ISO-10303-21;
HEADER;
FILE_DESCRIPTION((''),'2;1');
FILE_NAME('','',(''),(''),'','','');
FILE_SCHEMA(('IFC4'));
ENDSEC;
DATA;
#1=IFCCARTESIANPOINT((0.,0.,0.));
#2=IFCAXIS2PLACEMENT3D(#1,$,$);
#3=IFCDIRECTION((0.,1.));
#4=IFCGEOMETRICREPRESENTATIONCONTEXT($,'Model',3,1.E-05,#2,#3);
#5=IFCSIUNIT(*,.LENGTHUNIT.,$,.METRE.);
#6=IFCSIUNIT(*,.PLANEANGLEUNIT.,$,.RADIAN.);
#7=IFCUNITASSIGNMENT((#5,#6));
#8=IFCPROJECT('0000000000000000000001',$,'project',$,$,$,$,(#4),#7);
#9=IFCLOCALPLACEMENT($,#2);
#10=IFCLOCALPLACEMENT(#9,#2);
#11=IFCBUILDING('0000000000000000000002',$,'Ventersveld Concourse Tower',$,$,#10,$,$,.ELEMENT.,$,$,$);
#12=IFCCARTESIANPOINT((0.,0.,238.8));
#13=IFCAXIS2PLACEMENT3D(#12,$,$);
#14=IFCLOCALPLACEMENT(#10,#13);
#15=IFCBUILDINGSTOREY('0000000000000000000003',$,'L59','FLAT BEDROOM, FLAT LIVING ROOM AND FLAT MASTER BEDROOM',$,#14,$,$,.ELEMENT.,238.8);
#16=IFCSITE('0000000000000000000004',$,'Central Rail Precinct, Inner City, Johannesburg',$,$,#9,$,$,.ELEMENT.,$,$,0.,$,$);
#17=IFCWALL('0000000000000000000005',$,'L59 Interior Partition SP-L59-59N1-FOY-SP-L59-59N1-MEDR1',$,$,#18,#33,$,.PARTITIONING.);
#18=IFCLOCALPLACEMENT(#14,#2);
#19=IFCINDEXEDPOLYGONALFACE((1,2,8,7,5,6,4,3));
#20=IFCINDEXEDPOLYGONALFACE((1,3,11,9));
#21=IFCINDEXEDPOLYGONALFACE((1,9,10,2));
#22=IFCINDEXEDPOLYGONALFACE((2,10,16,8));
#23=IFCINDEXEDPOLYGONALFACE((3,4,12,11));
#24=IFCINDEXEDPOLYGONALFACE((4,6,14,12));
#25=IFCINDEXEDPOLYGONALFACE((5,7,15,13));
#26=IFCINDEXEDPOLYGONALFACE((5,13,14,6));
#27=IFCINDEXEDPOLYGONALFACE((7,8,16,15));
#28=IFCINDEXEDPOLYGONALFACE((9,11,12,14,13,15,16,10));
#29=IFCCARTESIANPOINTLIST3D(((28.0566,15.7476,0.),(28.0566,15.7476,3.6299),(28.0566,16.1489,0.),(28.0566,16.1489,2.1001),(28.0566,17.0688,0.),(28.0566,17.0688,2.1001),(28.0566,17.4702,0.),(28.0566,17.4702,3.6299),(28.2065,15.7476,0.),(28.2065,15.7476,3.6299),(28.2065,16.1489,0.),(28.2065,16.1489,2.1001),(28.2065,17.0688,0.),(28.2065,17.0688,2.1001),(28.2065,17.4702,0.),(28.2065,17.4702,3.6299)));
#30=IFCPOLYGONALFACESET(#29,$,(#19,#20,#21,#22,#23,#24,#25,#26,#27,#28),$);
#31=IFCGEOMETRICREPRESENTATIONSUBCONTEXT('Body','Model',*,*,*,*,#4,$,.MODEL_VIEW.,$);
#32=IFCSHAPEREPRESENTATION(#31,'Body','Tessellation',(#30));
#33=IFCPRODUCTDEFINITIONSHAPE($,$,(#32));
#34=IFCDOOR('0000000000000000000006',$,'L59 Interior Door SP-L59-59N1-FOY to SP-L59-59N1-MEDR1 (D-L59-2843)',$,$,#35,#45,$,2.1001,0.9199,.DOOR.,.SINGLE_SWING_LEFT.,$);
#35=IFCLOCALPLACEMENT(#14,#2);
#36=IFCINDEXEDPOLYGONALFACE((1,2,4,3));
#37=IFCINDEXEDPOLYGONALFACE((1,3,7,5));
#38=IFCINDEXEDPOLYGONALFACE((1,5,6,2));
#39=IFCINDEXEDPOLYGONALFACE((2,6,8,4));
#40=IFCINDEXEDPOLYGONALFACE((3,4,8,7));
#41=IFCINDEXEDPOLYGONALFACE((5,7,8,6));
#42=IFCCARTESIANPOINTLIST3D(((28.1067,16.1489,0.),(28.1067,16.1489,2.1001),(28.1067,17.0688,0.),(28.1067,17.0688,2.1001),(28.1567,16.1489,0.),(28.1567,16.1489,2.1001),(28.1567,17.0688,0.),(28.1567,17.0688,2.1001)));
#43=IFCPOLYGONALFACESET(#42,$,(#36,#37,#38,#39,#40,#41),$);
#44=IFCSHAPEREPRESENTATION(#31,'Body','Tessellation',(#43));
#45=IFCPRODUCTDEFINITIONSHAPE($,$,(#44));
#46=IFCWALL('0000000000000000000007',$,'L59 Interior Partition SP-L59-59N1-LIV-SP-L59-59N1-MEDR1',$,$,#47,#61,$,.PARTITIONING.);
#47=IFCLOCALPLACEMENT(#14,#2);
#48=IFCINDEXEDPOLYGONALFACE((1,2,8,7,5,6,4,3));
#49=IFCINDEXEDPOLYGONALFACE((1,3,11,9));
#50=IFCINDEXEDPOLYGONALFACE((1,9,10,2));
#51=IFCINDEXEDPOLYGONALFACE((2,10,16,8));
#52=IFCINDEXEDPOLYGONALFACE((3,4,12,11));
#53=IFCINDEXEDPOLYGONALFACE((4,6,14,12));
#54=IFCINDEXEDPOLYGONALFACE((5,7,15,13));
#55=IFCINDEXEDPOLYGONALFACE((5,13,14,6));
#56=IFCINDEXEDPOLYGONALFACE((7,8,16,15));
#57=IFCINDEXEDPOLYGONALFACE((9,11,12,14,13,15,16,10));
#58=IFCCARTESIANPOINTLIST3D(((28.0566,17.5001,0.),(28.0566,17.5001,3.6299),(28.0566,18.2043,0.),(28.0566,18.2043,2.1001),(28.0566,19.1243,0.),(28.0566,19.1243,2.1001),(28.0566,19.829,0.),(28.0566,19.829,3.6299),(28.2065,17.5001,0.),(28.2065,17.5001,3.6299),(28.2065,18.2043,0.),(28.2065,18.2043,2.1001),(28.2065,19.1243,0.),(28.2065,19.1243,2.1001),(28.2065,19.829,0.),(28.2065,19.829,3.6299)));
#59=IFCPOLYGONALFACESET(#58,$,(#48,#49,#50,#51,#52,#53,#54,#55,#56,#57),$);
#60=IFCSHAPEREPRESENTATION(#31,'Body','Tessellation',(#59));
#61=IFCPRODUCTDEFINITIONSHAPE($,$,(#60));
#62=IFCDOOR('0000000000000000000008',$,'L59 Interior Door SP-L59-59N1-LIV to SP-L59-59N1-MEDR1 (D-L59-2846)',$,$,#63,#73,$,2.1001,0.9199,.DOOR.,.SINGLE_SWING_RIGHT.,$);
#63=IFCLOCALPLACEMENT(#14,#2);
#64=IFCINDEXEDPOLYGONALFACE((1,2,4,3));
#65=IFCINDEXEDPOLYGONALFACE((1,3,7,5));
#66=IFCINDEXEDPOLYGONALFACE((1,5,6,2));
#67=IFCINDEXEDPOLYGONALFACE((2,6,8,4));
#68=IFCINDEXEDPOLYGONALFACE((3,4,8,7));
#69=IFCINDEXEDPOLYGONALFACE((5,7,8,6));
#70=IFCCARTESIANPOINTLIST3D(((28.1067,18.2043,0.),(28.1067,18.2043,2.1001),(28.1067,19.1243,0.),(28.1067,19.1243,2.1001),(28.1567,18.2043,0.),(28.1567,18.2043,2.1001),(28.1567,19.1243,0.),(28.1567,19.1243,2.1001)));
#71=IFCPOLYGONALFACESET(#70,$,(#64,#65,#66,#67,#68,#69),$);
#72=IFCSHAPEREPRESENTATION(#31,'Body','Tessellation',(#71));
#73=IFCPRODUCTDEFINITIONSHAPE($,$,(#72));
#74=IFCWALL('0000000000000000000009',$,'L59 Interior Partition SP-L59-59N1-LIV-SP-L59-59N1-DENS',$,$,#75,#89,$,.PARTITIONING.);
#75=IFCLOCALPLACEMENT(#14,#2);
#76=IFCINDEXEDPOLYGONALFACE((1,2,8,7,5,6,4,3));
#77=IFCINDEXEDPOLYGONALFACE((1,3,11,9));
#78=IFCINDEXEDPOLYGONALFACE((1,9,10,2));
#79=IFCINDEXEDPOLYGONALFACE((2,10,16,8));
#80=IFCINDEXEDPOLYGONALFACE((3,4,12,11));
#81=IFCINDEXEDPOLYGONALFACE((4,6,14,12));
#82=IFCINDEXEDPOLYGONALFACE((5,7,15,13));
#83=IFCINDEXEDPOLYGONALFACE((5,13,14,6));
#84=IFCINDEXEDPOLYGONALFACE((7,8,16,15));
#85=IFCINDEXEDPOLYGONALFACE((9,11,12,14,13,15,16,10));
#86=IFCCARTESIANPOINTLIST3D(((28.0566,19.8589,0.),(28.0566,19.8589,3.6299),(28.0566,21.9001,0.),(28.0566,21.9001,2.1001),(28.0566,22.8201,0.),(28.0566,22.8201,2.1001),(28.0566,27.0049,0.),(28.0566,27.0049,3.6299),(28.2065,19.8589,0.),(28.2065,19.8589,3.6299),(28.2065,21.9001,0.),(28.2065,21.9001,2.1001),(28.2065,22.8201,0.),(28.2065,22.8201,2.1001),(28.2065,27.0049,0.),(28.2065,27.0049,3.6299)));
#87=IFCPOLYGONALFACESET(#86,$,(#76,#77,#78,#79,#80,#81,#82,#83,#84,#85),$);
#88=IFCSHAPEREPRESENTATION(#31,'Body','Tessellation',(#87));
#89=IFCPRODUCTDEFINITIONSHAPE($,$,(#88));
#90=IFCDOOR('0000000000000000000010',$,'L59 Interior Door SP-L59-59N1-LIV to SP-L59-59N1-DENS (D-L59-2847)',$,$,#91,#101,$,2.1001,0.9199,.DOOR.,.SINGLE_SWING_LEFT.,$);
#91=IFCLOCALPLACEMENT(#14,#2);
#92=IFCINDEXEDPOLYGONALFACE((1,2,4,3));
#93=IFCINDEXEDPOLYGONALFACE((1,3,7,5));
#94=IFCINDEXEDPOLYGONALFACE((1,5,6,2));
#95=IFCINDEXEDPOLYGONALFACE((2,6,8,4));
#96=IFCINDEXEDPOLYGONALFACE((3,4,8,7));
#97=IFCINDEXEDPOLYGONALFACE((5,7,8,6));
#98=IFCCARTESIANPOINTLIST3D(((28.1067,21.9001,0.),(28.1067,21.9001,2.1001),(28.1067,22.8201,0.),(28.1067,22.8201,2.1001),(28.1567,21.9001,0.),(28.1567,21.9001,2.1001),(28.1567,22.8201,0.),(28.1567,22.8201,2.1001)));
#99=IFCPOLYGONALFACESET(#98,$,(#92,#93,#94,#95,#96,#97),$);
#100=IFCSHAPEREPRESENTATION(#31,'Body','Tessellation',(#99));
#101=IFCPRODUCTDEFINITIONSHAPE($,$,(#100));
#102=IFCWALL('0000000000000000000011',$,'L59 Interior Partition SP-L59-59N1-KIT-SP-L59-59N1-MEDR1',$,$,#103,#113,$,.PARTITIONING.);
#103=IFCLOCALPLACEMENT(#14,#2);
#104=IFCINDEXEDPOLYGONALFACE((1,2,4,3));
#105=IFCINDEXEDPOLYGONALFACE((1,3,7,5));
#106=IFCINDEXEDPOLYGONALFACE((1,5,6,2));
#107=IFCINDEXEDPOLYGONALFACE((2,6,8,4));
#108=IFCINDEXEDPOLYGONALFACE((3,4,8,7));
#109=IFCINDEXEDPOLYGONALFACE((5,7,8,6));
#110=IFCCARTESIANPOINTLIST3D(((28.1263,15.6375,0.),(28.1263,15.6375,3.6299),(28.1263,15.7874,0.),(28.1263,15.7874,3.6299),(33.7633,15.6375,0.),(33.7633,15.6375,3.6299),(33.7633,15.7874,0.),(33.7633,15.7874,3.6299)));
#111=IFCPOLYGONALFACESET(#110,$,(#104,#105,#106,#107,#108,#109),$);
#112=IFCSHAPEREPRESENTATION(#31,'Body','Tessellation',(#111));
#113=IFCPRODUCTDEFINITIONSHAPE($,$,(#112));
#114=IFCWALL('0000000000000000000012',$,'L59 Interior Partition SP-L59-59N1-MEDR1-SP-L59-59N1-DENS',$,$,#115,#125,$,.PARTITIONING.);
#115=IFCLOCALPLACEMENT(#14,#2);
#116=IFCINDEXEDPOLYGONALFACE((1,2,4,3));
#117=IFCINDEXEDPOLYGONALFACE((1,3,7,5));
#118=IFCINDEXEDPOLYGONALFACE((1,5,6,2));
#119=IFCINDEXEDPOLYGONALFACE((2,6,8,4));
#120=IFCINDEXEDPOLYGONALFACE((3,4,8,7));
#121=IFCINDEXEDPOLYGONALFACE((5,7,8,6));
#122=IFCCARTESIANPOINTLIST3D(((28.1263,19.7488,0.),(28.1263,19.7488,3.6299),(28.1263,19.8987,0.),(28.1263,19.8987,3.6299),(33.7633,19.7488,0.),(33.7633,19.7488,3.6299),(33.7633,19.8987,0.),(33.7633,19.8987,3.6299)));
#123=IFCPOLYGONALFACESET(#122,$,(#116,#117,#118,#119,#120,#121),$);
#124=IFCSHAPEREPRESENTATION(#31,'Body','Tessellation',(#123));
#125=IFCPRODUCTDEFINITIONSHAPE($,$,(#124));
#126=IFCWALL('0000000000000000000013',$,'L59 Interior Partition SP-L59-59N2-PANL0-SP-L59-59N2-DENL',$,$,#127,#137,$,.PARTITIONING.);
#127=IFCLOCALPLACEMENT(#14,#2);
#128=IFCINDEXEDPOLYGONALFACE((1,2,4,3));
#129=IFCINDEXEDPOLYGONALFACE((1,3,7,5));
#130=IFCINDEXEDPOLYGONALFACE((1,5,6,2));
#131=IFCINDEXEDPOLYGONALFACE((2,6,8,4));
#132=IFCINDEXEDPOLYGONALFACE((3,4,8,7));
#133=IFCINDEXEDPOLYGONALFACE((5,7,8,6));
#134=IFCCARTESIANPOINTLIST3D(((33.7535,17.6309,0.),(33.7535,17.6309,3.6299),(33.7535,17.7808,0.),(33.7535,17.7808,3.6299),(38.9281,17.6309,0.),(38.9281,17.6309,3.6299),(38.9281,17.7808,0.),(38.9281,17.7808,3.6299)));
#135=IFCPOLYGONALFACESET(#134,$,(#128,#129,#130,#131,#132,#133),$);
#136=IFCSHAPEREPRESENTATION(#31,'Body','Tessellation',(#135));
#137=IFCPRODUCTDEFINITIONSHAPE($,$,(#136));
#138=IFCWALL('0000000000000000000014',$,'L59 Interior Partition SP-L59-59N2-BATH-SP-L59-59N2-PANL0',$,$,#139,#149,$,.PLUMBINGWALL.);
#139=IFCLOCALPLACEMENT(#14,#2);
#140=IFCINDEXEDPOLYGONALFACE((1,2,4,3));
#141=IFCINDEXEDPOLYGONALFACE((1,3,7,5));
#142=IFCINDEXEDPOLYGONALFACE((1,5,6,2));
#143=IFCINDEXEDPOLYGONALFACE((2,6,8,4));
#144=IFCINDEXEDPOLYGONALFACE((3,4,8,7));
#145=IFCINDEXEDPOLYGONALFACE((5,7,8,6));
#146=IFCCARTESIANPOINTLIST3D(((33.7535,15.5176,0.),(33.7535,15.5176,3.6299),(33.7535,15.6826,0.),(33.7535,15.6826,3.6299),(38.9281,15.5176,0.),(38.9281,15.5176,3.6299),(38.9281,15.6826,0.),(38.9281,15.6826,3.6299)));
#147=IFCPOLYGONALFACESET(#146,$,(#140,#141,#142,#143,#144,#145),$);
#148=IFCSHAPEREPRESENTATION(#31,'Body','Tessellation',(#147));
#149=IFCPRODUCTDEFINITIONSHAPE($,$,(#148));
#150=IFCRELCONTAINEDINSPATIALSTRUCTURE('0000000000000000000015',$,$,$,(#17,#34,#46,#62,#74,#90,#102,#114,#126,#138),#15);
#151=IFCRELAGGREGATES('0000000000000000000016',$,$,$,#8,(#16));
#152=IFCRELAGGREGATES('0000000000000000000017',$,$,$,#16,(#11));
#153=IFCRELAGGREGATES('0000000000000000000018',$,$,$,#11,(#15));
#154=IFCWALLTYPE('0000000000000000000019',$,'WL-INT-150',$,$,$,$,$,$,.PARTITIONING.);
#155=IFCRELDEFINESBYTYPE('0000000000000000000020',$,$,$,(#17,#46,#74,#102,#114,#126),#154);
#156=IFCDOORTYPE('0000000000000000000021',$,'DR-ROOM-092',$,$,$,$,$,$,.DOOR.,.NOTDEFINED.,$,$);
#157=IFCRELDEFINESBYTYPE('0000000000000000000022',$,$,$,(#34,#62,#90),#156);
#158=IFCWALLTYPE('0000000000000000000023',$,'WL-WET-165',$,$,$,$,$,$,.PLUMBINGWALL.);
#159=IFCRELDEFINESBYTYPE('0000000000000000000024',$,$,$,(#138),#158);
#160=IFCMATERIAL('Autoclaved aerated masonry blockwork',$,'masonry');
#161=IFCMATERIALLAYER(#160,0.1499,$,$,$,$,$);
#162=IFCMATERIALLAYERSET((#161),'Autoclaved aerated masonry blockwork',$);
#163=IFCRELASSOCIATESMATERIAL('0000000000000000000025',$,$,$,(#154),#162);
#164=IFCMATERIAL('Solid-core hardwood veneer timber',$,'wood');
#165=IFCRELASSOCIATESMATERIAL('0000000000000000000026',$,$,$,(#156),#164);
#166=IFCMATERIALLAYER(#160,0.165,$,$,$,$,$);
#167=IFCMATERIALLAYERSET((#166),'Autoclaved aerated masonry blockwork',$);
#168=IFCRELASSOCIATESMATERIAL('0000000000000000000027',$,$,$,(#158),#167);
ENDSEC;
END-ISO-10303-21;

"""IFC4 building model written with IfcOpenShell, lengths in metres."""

from ifc_helpers import new_model, si_unit, direction, frame, frame_2d, origin, place, context, subcontext, project, spatial, rectangle, extrude, material, layer, layer_set, type_object, element, fill, save


model = new_model("IFC4")

# Units and contexts
model_context = context("Model", 3, precision=1e-05, world=origin(), true_north=direction((0.0, 1.0)))
body_context = subcontext(model_context, "Body", "Model", "MODEL_VIEW")
ifc_project = project(units=[si_unit("LENGTHUNIT", "METRE"), si_unit("PLANEANGLEUNIT", "RADIAN")], contexts=[model_context])

# Site, building, storey
site_placement = place(None, origin())
site = spatial("IfcSite", under=ifc_project, at=site_placement, Name="Central Rail Precinct, Inner City, Johannesburg", CompositionType="ELEMENT", RefElevation=0.0)
building_placement = place(site_placement, origin())
building = spatial("IfcBuilding", under=site, at=building_placement, Name="Ventersveld Concourse Tower", CompositionType="ELEMENT")
storey_placement = place(building_placement, frame((0.0, 0.0, 238.8)))
storey = spatial("IfcBuildingStorey", under=building, at=storey_placement, Name="L59", Description="FLAT BEDROOM, FLAT LIVING ROOM AND FLAT MASTER BEDROOM", CompositionType="ELEMENT", Elevation=238.8)

# Walls, openings, doors
ifc_material_1 = material(Name="Autoclaved aerated masonry blockwork", Category="masonry")
ifc_layer_1 = layer(ifc_material_1, 0.1499)
ifc_layer_set_1 = layer_set([ifc_layer_1], Name="Autoclaved aerated masonry blockwork")
wall_type_1 = type_object("IfcWallType", Name="WL-INT-150", PredefinedType="PARTITIONING", material=ifc_layer_set_1)
ifc_material_2 = material(Name="Solid-core hardwood veneer timber", Category="wood")
door_type = type_object("IfcDoorType", Name="DR-ROOM-092", OperationType="NOTDEFINED", PredefinedType="DOOR", material=ifc_material_2)
wall_1_placement = place(storey_placement, frame((28.1316, 15.7476, 0.0), z_axis=(0.0, 0.0, 1.0), x_axis=(0.0, 1.0, 0.0)))
wall_1 = element("IfcWall", 1, at=wall_1_placement, inside=storey, type_object=wall_type_1, Name="L59 Interior Partition SP-L59-59N1-FOY-SP-L59-59N1-MEDR1", PredefinedType="PARTITIONING", context=body_context, shape_type="SweptSolid", body=[
    extrude(rectangle(XDim=1.7227, YDim=0.1499, at=frame_2d((0.8613, 0.0))), origin(), (0.0, 0.0, 1.0), 3.6299),
])
opening_1_placement = place(wall_1_placement, frame((0.4014, 0.0, 0.0)))
opening_1 = element("IfcOpeningElement", 2, at=opening_1_placement, cuts=wall_1, PredefinedType="OPENING", context=body_context, shape_type="SweptSolid", body=[
    extrude(rectangle(XDim=0.9199, YDim=2.1001, at=frame_2d((0.46, 1.05))), frame((0.0, 0.085, 0.0), z_axis=(0.0, -1.0, 0.0), x_axis=(1.0, 0.0, 0.0)), (0.0, 0.0, 1.0), 0.1699),
])
door_1_placement = place(opening_1_placement, origin())
door_1 = element("IfcDoor", 3, at=door_1_placement, inside=storey, type_object=door_type, Name="L59 Interior Door SP-L59-59N1-FOY to SP-L59-59N1-MEDR1 (D-L59-2843)", OperationType="SINGLE_SWING_LEFT", OverallHeight=2.1001, OverallWidth=0.9199, PredefinedType="DOOR", context=body_context, shape_type="SweptSolid", body=[
    extrude(rectangle(XDim=0.9199, YDim=2.1001, at=frame_2d((0.46, 1.05))), frame((0.0, 0.0249, 0.0), z_axis=(0.0, -1.0, 0.0), x_axis=(1.0, 0.0, 0.0)), (0.0, 0.0, 1.0), 0.05),
])
fill(opening_1, door_1)
wall_2_placement = place(storey_placement, frame((28.1316, 17.5, 0.0), z_axis=(0.0, 0.0, 1.0), x_axis=(0.0, 1.0, 0.0)))
wall_2 = element("IfcWall", 4, at=wall_2_placement, inside=storey, type_object=wall_type_1, Name="L59 Interior Partition SP-L59-59N1-LIV-SP-L59-59N1-MEDR1", PredefinedType="PARTITIONING", context=body_context, shape_type="SweptSolid", body=[
    extrude(rectangle(XDim=2.3289, YDim=0.1499, at=frame_2d((1.1646, 0.0))), origin(), (0.0, 0.0, 1.0), 3.6299),
])
opening_2_placement = place(wall_2_placement, frame((0.7043, 0.0, 0.0)))
opening_2 = element("IfcOpeningElement", 5, at=opening_2_placement, cuts=wall_2, PredefinedType="OPENING", context=body_context, shape_type="SweptSolid", body=[
    extrude(rectangle(XDim=0.9199, YDim=2.1001, at=frame_2d((0.46, 1.05))), frame((0.0, 0.085, 0.0), z_axis=(0.0, -1.0, 0.0), x_axis=(1.0, 0.0, 0.0)), (0.0, 0.0, 1.0), 0.1699),
])
door_2_placement = place(opening_2_placement, origin())
door_2 = element("IfcDoor", 6, at=door_2_placement, inside=storey, type_object=door_type, Name="L59 Interior Door SP-L59-59N1-LIV to SP-L59-59N1-MEDR1 (D-L59-2846)", OperationType="SINGLE_SWING_RIGHT", OverallHeight=2.1001, OverallWidth=0.9199, PredefinedType="DOOR", context=body_context, shape_type="SweptSolid", body=[
    extrude(rectangle(XDim=0.9199, YDim=2.1001, at=frame_2d((0.46, 1.05))), frame((0.0, 0.0249, 0.0), z_axis=(0.0, -1.0, 0.0), x_axis=(1.0, 0.0, 0.0)), (0.0, 0.0, 1.0), 0.05),
])
fill(opening_2, door_2)
wall_3_placement = place(storey_placement, frame((28.1316, 19.8589, 0.0), z_axis=(0.0, 0.0, 1.0), x_axis=(0.0, 1.0, 0.0)))
wall_3 = element("IfcWall", 7, at=wall_3_placement, inside=storey, type_object=wall_type_1, Name="L59 Interior Partition SP-L59-59N1-LIV-SP-L59-59N1-DENS", PredefinedType="PARTITIONING", context=body_context, shape_type="SweptSolid", body=[
    extrude(rectangle(XDim=7.146, YDim=0.1499, at=frame_2d((3.573, 0.0))), origin(), (0.0, 0.0, 1.0), 3.6299),
])
opening_3_placement = place(wall_3_placement, frame((2.0413, 0.0, 0.0)))
opening_3 = element("IfcOpeningElement", 8, at=opening_3_placement, cuts=wall_3, PredefinedType="OPENING", context=body_context, shape_type="SweptSolid", body=[
    extrude(rectangle(XDim=0.9199, YDim=2.1001, at=frame_2d((0.46, 1.05))), frame((0.0, 0.085, 0.0), z_axis=(0.0, -1.0, 0.0), x_axis=(1.0, 0.0, 0.0)), (0.0, 0.0, 1.0), 0.1699),
])
door_3_placement = place(opening_3_placement, origin())
door_3 = element("IfcDoor", 9, at=door_3_placement, inside=storey, type_object=door_type, Name="L59 Interior Door SP-L59-59N1-LIV to SP-L59-59N1-DENS (D-L59-2847)", OperationType="SINGLE_SWING_LEFT", OverallHeight=2.1001, OverallWidth=0.9199, PredefinedType="DOOR", context=body_context, shape_type="SweptSolid", body=[
    extrude(rectangle(XDim=0.9199, YDim=2.1001, at=frame_2d((0.46, 1.05))), frame((0.0, 0.0249, 0.0), z_axis=(0.0, -1.0, 0.0), x_axis=(1.0, 0.0, 0.0)), (0.0, 0.0, 1.0), 0.05),
])
fill(opening_3, door_3)

# Walls
for number, where, z_axis, x_axis, name in (
    (10, (28.1265, 15.7124, 0.0), (0.0, 0.0, 1.0), (1.0, 0.0, 0.0), "L59 Interior Partition SP-L59-59N1-KIT-SP-L59-59N1-MEDR1"),
    (11, (28.1265, 19.8237, 0.0), (0.0, 0.0, 1.0), (1.0, 0.0, 0.0), "L59 Interior Partition SP-L59-59N1-MEDR1-SP-L59-59N1-DENS"),
):
    element("IfcWall", number, at=place(storey_placement, frame(where, z_axis=z_axis, x_axis=x_axis)), inside=storey, type_object=wall_type_1, Name=name, PredefinedType="PARTITIONING", context=body_context, shape_type="SweptSolid", body=[
        extrude(rectangle(XDim=5.637, YDim=0.1499, at=frame_2d((2.8184, 0.0))), origin(), (0.0, 0.0, 1.0), 3.6299),
    ])
wall_4_placement = place(storey_placement, frame((33.7534, 17.7058, 0.0), z_axis=(0.0, 0.0, 1.0), x_axis=(1.0, 0.0, 0.0)))
element("IfcWall", 12, at=wall_4_placement, inside=storey, type_object=wall_type_1, Name="L59 Interior Partition SP-L59-59N2-PANL0-SP-L59-59N2-DENL", PredefinedType="PARTITIONING", context=body_context, shape_type="SweptSolid", body=[
    extrude(rectangle(XDim=5.1746, YDim=0.1499, at=frame_2d((2.5874, 0.0))), origin(), (0.0, 0.0, 1.0), 3.6299),
])
ifc_layer_2 = layer(ifc_material_1, 0.165)
ifc_layer_set_2 = layer_set([ifc_layer_2], Name="Autoclaved aerated masonry blockwork")
wall_type_2 = type_object("IfcWallType", Name="WL-WET-165", PredefinedType="PLUMBINGWALL", material=ifc_layer_set_2)
wall_5_placement = place(storey_placement, frame((33.7534, 15.6001, 0.0), z_axis=(0.0, 0.0, 1.0), x_axis=(1.0, 0.0, 0.0)))
element("IfcWall", 13, at=wall_5_placement, inside=storey, type_object=wall_type_2, Name="L59 Interior Partition SP-L59-59N2-BATH-SP-L59-59N2-PANL0", PredefinedType="PLUMBINGWALL", context=body_context, shape_type="SweptSolid", body=[
    extrude(rectangle(XDim=5.1746, YDim=0.165, at=frame_2d((2.5874, 0.0))), origin(), (0.0, 0.0, 1.0), 3.6299),
])

save(model, "model.ifc")
